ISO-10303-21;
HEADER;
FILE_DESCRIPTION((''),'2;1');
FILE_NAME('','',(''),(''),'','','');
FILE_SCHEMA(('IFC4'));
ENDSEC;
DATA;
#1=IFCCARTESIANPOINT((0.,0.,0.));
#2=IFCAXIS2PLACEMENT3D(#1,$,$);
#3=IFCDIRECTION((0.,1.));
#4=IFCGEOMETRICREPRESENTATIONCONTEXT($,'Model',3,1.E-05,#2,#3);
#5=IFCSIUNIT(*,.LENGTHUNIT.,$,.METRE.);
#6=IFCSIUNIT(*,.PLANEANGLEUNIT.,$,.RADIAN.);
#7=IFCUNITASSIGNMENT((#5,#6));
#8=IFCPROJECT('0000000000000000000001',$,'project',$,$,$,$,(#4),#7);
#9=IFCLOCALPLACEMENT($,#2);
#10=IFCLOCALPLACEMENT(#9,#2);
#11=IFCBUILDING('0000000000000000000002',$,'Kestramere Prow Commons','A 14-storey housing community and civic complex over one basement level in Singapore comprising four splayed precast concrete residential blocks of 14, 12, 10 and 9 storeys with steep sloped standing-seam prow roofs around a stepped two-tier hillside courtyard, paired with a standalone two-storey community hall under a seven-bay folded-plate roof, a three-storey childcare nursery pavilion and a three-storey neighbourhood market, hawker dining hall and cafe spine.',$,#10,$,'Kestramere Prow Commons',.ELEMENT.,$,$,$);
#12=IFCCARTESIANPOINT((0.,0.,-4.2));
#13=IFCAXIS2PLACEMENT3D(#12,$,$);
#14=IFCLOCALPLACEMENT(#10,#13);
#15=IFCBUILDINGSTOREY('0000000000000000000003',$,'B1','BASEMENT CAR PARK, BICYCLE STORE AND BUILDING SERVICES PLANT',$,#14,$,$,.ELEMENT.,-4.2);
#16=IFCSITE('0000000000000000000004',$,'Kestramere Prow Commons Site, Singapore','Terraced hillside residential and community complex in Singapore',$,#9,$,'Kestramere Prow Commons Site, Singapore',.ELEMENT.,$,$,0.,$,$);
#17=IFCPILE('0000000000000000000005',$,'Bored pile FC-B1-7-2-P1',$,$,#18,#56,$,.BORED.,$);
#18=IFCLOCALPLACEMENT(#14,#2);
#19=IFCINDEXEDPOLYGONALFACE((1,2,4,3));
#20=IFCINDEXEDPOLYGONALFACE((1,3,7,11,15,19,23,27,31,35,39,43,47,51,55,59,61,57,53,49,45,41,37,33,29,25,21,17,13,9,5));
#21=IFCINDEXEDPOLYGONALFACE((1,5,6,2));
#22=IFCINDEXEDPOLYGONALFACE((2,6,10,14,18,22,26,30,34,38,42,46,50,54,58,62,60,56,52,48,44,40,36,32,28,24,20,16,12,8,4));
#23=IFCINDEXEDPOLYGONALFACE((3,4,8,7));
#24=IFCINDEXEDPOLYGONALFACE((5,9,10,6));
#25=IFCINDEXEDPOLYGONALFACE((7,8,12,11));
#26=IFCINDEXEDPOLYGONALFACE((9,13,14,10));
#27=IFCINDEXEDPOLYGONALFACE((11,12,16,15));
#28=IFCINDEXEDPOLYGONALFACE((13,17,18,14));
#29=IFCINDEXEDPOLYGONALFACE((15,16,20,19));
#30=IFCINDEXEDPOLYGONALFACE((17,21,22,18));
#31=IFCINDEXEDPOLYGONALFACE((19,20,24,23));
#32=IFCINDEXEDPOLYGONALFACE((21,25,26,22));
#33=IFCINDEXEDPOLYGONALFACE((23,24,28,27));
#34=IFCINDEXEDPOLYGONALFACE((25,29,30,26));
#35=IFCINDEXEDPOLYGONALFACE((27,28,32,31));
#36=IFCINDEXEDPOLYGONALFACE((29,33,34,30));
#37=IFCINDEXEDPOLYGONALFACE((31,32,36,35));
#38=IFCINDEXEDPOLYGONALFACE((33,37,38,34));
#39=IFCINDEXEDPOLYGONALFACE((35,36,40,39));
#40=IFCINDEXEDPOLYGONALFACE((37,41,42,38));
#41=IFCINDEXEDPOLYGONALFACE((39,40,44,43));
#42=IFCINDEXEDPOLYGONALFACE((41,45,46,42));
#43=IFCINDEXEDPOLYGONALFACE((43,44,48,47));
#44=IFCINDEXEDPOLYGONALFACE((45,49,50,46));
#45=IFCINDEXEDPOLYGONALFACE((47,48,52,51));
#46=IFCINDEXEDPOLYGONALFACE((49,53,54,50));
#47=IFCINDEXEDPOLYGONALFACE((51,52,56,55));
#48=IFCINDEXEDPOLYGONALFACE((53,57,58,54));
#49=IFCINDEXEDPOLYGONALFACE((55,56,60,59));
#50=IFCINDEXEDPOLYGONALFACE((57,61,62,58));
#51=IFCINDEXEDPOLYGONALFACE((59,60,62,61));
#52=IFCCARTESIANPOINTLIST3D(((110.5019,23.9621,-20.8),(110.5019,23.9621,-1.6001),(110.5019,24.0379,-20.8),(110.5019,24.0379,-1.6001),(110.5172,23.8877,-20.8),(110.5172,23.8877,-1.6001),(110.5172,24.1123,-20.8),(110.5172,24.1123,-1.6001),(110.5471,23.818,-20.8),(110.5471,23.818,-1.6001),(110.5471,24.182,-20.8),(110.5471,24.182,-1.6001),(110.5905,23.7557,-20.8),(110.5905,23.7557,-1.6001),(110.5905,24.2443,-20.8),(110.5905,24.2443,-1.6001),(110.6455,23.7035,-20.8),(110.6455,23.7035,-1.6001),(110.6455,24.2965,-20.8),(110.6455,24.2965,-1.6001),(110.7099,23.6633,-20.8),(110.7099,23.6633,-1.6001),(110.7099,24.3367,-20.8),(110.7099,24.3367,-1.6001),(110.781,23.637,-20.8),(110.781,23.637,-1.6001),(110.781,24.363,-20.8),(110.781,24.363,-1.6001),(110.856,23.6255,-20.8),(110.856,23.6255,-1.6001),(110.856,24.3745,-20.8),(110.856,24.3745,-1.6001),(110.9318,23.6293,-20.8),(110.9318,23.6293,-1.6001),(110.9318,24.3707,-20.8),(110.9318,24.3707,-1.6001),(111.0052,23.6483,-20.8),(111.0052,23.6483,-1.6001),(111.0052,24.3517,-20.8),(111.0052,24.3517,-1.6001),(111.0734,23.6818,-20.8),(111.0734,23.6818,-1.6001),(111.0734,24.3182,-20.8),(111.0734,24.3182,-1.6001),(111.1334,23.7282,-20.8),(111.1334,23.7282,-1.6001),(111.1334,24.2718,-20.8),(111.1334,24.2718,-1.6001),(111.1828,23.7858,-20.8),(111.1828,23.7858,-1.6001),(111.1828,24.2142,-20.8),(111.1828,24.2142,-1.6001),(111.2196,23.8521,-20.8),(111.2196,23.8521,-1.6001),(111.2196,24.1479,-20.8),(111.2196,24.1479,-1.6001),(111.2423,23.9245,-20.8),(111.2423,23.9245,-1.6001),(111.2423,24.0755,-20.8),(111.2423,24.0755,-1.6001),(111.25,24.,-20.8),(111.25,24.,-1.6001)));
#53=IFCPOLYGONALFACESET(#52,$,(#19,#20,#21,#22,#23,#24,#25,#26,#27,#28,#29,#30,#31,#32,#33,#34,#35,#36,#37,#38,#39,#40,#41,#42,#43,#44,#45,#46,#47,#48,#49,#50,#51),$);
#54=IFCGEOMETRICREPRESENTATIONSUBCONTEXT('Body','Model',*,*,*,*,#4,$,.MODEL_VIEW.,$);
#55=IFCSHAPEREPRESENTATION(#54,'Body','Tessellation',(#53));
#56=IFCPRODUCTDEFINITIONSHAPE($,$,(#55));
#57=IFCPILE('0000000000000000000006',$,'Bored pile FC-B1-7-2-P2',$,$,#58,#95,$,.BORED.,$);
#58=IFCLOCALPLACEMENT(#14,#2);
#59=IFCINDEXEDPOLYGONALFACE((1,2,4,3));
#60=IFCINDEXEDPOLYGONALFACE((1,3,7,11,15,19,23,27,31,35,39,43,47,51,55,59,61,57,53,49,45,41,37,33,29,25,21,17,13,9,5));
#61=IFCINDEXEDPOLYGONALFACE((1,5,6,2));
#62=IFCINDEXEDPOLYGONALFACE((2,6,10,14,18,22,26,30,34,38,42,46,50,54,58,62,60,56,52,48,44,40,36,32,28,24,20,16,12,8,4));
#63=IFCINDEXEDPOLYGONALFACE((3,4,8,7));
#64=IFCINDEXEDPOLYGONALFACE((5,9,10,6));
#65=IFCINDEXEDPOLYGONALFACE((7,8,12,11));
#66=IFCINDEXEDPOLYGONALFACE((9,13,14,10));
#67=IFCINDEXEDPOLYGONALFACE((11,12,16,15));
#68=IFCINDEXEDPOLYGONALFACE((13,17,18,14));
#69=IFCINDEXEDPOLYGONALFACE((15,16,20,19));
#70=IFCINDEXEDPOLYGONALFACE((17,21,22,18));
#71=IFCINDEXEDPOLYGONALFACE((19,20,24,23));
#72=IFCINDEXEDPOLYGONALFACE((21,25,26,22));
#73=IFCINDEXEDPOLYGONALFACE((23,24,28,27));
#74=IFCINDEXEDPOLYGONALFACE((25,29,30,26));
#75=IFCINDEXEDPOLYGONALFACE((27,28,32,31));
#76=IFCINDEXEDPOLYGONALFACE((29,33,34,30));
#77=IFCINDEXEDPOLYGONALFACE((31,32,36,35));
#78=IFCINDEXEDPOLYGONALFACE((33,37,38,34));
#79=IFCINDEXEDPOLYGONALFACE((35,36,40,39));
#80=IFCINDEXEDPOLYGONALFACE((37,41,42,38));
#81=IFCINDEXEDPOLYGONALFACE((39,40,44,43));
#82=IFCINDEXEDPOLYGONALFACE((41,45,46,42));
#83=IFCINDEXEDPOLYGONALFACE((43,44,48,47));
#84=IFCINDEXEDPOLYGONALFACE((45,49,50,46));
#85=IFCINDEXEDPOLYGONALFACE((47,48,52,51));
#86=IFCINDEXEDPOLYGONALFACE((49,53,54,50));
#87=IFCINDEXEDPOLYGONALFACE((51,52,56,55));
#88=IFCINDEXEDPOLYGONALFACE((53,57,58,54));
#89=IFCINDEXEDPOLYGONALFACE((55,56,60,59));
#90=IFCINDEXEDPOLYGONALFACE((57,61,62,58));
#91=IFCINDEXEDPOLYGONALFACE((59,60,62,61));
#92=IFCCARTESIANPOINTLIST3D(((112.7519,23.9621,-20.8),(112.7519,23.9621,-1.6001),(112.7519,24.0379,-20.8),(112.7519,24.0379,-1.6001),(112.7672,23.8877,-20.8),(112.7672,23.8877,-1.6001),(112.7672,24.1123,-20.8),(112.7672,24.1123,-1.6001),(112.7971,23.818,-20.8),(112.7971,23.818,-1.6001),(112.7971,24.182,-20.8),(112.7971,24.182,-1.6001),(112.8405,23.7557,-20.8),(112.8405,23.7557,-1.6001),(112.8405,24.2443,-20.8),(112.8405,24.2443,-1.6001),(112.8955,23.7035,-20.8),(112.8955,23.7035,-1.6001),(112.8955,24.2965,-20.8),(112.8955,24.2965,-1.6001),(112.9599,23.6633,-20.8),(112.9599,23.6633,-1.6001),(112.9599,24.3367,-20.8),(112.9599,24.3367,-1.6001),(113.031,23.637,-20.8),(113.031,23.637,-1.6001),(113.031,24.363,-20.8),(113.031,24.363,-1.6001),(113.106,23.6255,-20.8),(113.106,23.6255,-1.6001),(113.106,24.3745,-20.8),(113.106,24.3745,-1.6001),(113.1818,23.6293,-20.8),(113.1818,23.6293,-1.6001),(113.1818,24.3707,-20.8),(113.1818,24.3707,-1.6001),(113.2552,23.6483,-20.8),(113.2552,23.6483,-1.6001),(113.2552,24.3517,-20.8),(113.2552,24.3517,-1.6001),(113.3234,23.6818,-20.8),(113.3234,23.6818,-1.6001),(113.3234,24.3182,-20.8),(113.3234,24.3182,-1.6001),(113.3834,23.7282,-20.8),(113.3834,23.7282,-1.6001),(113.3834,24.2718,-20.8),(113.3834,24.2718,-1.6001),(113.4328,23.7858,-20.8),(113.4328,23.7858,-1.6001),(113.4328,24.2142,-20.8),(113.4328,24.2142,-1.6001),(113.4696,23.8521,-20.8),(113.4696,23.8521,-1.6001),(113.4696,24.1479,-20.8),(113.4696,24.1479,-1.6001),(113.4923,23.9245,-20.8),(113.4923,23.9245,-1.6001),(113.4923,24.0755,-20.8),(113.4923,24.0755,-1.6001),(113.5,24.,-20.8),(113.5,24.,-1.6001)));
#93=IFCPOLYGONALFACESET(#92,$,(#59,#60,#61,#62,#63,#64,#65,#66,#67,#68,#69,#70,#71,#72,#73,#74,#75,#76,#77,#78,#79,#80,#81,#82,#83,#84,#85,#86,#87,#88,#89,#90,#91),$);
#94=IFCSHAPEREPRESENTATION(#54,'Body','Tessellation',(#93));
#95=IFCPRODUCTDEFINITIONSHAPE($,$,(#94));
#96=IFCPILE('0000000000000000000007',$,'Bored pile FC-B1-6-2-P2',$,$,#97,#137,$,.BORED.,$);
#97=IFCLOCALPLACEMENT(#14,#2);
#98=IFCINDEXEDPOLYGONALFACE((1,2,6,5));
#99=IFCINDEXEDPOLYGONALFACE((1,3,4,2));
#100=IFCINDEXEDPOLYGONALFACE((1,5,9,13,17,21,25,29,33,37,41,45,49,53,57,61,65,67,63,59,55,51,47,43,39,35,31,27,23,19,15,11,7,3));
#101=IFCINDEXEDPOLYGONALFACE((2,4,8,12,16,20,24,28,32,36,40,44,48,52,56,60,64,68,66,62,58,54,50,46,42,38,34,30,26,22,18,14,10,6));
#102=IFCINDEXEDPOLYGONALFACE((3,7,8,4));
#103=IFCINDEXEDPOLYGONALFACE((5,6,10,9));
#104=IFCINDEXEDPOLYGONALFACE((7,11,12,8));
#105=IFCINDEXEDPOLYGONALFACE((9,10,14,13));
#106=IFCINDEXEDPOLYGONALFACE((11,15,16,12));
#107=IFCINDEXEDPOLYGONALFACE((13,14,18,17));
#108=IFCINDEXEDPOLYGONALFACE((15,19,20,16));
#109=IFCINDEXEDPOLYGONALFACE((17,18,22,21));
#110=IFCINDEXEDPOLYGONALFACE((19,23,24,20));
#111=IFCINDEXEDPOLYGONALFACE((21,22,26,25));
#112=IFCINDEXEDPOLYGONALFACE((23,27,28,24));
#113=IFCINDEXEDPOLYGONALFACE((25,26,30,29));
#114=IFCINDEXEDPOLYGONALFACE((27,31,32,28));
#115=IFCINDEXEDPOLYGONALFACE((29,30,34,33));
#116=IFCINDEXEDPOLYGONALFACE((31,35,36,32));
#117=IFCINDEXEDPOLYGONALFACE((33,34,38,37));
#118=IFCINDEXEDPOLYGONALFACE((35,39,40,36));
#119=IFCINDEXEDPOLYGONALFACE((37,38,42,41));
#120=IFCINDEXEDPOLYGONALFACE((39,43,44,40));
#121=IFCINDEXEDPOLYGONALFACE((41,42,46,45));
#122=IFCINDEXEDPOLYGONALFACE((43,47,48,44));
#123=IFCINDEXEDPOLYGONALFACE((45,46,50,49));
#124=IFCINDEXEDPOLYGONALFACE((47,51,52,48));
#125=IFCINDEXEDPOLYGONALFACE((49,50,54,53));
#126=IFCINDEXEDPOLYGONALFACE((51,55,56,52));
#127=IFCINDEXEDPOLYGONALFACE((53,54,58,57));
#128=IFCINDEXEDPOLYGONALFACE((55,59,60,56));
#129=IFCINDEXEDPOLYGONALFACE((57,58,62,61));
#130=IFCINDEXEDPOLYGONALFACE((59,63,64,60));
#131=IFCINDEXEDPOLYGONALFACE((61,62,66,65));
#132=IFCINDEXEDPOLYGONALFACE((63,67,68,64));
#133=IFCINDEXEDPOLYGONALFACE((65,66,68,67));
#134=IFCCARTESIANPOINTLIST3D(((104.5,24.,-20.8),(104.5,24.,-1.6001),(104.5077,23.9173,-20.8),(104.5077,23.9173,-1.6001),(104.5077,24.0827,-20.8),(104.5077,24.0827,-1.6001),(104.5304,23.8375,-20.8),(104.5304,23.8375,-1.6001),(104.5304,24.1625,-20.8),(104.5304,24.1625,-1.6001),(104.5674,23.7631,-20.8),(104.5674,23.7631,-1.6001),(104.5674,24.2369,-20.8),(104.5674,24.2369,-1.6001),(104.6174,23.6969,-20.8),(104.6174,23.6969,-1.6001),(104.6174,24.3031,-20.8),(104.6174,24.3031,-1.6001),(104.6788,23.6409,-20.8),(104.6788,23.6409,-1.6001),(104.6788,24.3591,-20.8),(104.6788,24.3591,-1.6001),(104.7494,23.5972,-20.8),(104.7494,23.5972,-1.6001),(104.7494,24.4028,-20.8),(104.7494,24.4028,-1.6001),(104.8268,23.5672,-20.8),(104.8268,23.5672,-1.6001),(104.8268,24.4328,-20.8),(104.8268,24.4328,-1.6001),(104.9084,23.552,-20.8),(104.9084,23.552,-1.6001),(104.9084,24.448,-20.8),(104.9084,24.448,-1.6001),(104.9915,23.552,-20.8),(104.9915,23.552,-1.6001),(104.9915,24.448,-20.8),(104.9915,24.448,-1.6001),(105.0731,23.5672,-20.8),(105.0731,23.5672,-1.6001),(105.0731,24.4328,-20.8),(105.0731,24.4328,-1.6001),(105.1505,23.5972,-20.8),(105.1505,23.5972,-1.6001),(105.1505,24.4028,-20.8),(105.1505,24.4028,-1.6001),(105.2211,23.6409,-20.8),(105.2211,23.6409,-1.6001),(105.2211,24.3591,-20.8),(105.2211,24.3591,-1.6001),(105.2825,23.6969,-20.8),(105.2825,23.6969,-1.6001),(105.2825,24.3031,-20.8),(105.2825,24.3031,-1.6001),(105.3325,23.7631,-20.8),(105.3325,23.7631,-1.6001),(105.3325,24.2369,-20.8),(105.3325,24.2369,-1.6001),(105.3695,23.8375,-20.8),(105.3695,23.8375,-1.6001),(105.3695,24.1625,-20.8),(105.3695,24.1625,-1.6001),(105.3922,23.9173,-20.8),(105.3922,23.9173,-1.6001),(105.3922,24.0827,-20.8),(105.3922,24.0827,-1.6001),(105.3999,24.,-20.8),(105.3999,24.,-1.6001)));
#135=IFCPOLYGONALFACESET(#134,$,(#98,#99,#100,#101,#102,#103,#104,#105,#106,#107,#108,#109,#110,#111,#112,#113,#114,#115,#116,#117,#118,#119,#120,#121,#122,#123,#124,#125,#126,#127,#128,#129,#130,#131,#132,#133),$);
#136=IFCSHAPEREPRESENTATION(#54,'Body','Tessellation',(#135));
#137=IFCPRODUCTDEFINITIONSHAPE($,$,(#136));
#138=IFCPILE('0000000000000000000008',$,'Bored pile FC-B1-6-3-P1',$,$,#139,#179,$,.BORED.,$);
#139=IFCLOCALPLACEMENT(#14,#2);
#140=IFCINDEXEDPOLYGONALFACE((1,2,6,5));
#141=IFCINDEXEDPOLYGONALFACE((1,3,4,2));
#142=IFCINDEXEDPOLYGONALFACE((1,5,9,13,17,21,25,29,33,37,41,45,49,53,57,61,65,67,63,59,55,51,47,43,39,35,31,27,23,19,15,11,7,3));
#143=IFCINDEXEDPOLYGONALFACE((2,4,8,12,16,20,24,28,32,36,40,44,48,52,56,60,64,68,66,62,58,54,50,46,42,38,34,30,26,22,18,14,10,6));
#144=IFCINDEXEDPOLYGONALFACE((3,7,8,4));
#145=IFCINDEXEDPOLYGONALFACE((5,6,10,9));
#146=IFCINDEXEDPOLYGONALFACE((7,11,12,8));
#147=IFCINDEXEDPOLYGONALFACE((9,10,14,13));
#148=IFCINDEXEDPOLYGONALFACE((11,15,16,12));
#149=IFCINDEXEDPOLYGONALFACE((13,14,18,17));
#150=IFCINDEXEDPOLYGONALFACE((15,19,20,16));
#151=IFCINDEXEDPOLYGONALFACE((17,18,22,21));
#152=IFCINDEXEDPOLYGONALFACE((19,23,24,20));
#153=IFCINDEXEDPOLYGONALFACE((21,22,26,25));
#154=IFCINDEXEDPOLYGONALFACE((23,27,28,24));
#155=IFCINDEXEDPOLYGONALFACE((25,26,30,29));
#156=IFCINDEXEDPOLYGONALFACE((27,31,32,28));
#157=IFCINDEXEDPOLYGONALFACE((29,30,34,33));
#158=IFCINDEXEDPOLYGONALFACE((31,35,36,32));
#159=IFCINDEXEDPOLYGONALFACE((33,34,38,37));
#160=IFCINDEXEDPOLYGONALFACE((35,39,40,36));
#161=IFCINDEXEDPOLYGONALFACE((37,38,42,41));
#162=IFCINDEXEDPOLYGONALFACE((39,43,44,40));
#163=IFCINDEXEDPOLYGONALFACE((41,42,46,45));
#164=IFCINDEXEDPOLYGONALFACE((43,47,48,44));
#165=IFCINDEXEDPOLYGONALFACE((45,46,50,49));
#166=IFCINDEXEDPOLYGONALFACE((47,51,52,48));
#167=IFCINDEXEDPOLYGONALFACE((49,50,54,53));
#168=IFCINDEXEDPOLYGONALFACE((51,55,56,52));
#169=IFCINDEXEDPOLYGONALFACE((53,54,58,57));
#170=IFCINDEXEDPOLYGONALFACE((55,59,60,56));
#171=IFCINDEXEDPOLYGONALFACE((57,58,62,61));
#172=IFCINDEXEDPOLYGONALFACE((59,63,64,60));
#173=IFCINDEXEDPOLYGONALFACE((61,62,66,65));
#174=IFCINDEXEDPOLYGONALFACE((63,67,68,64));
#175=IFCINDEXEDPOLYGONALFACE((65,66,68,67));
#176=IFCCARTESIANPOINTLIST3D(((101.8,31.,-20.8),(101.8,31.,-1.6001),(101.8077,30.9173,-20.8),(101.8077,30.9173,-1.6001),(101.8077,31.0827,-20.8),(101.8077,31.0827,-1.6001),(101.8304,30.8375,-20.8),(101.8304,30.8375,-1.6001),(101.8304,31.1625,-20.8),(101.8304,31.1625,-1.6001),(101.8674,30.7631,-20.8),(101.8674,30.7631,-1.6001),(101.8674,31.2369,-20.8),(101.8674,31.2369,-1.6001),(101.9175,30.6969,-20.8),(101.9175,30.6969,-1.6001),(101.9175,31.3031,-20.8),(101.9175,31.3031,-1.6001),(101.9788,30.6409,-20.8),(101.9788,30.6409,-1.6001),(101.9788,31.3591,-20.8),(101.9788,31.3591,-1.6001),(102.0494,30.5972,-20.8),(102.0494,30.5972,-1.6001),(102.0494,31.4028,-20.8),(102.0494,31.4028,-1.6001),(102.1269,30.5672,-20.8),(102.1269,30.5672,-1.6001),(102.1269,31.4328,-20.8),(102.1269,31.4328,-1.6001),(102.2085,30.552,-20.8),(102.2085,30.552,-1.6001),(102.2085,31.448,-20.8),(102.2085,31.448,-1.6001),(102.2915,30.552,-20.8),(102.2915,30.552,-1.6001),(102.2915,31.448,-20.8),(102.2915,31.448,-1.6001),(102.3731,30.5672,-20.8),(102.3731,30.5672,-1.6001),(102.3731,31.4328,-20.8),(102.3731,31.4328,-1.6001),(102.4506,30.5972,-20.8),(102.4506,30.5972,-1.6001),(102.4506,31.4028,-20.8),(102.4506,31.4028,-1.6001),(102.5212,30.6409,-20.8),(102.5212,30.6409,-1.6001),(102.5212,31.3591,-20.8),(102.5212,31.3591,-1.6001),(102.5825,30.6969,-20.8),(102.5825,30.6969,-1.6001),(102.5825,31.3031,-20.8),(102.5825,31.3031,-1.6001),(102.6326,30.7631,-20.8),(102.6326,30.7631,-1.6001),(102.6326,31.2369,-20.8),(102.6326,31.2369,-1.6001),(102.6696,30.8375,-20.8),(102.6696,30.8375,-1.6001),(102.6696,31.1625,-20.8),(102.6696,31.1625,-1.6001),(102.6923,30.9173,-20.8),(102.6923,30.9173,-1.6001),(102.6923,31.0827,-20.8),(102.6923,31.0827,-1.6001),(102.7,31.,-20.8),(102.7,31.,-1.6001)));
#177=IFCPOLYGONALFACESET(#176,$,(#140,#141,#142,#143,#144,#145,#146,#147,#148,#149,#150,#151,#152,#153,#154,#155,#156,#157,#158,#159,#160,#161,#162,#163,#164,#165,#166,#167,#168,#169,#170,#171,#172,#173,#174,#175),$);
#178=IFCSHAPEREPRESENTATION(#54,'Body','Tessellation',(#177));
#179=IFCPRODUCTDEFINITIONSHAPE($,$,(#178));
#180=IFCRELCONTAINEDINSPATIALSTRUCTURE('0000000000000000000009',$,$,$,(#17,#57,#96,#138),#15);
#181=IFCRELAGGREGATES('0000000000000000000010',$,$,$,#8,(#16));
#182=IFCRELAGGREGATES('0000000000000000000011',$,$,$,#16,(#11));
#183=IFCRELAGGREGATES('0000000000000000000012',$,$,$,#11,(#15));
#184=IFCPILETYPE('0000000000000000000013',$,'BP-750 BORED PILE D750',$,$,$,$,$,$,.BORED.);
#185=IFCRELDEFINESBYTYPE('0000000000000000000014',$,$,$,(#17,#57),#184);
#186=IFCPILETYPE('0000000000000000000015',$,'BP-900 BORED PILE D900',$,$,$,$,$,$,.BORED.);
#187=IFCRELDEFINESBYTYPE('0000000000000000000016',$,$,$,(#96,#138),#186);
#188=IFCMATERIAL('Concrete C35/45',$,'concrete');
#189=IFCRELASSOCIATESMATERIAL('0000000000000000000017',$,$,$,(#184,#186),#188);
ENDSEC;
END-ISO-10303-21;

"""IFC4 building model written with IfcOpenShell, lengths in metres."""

from ifc_helpers import new_model, si_unit, direction, frame, origin, origin_2d, place, context, subcontext, project, spatial, circle, extrude, material, material_profile, profile_set, type_object, element, save


model = new_model("IFC4")

# Units and contexts
model_context = context("Model", 3, precision=1e-05, world=origin(), true_north=direction((0.0, 1.0)))
body_context = subcontext(model_context, "Body", "Model", "MODEL_VIEW")
ifc_project = project(units=[si_unit("LENGTHUNIT", "METRE"), si_unit("PLANEANGLEUNIT", "RADIAN")], contexts=[model_context])

# Site, building, storey
site_placement = place(None, origin())
site = spatial("IfcSite", under=ifc_project, at=site_placement, Name="Kestramere Prow Commons Site, Singapore", Description="Terraced hillside residential and community complex in Singapore", LongName="Kestramere Prow Commons Site, Singapore", CompositionType="ELEMENT", RefElevation=0.0)
building_placement = place(site_placement, origin())
building = spatial("IfcBuilding", under=site, at=building_placement, Name="Kestramere Prow Commons", Description="A 14-storey housing community and civic complex over one basement level in Singapore comprising four splayed precast concrete residential blocks of 14, 12, 10 and 9 storeys with steep sloped standing-seam prow roofs around a stepped two-tier hillside courtyard, paired with a standalone two-storey community hall under a seven-bay folded-plate roof, a three-storey childcare nursery pavilion and a three-storey neighbourhood market, hawker dining hall and cafe spine.", LongName="Kestramere Prow Commons", CompositionType="ELEMENT")
storey_placement = place(building_placement, frame((0.0, 0.0, -4.2)))
storey = spatial("IfcBuildingStorey", under=building, at=storey_placement, Name="B1", Description="BASEMENT CAR PARK, BICYCLE STORE AND BUILDING SERVICES PLANT", CompositionType="ELEMENT", Elevation=-4.2)

# Piles
ifc_material = material(Name="Concrete C35/45", Category="concrete")
ifc_material_profile_1 = material_profile(ifc_material, circle(Radius=0.375, at=origin_2d()), Name="BORED PILE D750")
ifc_profile_set_1 = profile_set([ifc_material_profile_1], Name="Concrete C35/45")
pile_type_1 = type_object("IfcPileType", Name="BP-750 BORED PILE D750", PredefinedType="BORED", material=ifc_profile_set_1)
for number, where, z_axis, x_axis, name in (
    (1, (110.875, 24.0, -1.6001), (0.0, 0.0, -1.0), (1.0, 0.0, 0.0), "Bored pile FC-B1-7-2-P1"),
    (2, (113.125, 24.0, -1.6001), (0.0, 0.0, -1.0), (1.0, 0.0, 0.0), "Bored pile FC-B1-7-2-P2"),
):
    element("IfcPile", number, at=place(storey_placement, frame(where, z_axis=z_axis, x_axis=x_axis)), inside=storey, type_object=pile_type_1, Name=name, PredefinedType="BORED", context=body_context, shape_type="SweptSolid", body=[
        extrude(circle(Radius=0.375, at=origin_2d()), origin(), (0.0, 0.0, 1.0), 19.2),
    ])
ifc_material_profile_2 = material_profile(ifc_material, circle(Radius=0.45, at=origin_2d()), Name="BORED PILE D900")
ifc_profile_set_2 = profile_set([ifc_material_profile_2], Name="Concrete C35/45")
pile_type_2 = type_object("IfcPileType", Name="BP-900 BORED PILE D900", PredefinedType="BORED", material=ifc_profile_set_2)
for number, where, z_axis, x_axis, name in (
    (3, (104.95, 24.0, -1.6001), (0.0, 0.0, -1.0), (1.0, 0.0, 0.0), "Bored pile FC-B1-6-2-P2"),
    (4, (102.25, 31.0, -1.6001), (0.0, 0.0, -1.0), (1.0, 0.0, 0.0), "Bored pile FC-B1-6-3-P1"),
):
    element("IfcPile", number, at=place(storey_placement, frame(where, z_axis=z_axis, x_axis=x_axis)), inside=storey, type_object=pile_type_2, Name=name, PredefinedType="BORED", context=body_context, shape_type="SweptSolid", body=[
        extrude(circle(Radius=0.45, at=origin_2d()), origin(), (0.0, 0.0, 1.0), 19.2),
    ])

save(model, "model.ifc")
